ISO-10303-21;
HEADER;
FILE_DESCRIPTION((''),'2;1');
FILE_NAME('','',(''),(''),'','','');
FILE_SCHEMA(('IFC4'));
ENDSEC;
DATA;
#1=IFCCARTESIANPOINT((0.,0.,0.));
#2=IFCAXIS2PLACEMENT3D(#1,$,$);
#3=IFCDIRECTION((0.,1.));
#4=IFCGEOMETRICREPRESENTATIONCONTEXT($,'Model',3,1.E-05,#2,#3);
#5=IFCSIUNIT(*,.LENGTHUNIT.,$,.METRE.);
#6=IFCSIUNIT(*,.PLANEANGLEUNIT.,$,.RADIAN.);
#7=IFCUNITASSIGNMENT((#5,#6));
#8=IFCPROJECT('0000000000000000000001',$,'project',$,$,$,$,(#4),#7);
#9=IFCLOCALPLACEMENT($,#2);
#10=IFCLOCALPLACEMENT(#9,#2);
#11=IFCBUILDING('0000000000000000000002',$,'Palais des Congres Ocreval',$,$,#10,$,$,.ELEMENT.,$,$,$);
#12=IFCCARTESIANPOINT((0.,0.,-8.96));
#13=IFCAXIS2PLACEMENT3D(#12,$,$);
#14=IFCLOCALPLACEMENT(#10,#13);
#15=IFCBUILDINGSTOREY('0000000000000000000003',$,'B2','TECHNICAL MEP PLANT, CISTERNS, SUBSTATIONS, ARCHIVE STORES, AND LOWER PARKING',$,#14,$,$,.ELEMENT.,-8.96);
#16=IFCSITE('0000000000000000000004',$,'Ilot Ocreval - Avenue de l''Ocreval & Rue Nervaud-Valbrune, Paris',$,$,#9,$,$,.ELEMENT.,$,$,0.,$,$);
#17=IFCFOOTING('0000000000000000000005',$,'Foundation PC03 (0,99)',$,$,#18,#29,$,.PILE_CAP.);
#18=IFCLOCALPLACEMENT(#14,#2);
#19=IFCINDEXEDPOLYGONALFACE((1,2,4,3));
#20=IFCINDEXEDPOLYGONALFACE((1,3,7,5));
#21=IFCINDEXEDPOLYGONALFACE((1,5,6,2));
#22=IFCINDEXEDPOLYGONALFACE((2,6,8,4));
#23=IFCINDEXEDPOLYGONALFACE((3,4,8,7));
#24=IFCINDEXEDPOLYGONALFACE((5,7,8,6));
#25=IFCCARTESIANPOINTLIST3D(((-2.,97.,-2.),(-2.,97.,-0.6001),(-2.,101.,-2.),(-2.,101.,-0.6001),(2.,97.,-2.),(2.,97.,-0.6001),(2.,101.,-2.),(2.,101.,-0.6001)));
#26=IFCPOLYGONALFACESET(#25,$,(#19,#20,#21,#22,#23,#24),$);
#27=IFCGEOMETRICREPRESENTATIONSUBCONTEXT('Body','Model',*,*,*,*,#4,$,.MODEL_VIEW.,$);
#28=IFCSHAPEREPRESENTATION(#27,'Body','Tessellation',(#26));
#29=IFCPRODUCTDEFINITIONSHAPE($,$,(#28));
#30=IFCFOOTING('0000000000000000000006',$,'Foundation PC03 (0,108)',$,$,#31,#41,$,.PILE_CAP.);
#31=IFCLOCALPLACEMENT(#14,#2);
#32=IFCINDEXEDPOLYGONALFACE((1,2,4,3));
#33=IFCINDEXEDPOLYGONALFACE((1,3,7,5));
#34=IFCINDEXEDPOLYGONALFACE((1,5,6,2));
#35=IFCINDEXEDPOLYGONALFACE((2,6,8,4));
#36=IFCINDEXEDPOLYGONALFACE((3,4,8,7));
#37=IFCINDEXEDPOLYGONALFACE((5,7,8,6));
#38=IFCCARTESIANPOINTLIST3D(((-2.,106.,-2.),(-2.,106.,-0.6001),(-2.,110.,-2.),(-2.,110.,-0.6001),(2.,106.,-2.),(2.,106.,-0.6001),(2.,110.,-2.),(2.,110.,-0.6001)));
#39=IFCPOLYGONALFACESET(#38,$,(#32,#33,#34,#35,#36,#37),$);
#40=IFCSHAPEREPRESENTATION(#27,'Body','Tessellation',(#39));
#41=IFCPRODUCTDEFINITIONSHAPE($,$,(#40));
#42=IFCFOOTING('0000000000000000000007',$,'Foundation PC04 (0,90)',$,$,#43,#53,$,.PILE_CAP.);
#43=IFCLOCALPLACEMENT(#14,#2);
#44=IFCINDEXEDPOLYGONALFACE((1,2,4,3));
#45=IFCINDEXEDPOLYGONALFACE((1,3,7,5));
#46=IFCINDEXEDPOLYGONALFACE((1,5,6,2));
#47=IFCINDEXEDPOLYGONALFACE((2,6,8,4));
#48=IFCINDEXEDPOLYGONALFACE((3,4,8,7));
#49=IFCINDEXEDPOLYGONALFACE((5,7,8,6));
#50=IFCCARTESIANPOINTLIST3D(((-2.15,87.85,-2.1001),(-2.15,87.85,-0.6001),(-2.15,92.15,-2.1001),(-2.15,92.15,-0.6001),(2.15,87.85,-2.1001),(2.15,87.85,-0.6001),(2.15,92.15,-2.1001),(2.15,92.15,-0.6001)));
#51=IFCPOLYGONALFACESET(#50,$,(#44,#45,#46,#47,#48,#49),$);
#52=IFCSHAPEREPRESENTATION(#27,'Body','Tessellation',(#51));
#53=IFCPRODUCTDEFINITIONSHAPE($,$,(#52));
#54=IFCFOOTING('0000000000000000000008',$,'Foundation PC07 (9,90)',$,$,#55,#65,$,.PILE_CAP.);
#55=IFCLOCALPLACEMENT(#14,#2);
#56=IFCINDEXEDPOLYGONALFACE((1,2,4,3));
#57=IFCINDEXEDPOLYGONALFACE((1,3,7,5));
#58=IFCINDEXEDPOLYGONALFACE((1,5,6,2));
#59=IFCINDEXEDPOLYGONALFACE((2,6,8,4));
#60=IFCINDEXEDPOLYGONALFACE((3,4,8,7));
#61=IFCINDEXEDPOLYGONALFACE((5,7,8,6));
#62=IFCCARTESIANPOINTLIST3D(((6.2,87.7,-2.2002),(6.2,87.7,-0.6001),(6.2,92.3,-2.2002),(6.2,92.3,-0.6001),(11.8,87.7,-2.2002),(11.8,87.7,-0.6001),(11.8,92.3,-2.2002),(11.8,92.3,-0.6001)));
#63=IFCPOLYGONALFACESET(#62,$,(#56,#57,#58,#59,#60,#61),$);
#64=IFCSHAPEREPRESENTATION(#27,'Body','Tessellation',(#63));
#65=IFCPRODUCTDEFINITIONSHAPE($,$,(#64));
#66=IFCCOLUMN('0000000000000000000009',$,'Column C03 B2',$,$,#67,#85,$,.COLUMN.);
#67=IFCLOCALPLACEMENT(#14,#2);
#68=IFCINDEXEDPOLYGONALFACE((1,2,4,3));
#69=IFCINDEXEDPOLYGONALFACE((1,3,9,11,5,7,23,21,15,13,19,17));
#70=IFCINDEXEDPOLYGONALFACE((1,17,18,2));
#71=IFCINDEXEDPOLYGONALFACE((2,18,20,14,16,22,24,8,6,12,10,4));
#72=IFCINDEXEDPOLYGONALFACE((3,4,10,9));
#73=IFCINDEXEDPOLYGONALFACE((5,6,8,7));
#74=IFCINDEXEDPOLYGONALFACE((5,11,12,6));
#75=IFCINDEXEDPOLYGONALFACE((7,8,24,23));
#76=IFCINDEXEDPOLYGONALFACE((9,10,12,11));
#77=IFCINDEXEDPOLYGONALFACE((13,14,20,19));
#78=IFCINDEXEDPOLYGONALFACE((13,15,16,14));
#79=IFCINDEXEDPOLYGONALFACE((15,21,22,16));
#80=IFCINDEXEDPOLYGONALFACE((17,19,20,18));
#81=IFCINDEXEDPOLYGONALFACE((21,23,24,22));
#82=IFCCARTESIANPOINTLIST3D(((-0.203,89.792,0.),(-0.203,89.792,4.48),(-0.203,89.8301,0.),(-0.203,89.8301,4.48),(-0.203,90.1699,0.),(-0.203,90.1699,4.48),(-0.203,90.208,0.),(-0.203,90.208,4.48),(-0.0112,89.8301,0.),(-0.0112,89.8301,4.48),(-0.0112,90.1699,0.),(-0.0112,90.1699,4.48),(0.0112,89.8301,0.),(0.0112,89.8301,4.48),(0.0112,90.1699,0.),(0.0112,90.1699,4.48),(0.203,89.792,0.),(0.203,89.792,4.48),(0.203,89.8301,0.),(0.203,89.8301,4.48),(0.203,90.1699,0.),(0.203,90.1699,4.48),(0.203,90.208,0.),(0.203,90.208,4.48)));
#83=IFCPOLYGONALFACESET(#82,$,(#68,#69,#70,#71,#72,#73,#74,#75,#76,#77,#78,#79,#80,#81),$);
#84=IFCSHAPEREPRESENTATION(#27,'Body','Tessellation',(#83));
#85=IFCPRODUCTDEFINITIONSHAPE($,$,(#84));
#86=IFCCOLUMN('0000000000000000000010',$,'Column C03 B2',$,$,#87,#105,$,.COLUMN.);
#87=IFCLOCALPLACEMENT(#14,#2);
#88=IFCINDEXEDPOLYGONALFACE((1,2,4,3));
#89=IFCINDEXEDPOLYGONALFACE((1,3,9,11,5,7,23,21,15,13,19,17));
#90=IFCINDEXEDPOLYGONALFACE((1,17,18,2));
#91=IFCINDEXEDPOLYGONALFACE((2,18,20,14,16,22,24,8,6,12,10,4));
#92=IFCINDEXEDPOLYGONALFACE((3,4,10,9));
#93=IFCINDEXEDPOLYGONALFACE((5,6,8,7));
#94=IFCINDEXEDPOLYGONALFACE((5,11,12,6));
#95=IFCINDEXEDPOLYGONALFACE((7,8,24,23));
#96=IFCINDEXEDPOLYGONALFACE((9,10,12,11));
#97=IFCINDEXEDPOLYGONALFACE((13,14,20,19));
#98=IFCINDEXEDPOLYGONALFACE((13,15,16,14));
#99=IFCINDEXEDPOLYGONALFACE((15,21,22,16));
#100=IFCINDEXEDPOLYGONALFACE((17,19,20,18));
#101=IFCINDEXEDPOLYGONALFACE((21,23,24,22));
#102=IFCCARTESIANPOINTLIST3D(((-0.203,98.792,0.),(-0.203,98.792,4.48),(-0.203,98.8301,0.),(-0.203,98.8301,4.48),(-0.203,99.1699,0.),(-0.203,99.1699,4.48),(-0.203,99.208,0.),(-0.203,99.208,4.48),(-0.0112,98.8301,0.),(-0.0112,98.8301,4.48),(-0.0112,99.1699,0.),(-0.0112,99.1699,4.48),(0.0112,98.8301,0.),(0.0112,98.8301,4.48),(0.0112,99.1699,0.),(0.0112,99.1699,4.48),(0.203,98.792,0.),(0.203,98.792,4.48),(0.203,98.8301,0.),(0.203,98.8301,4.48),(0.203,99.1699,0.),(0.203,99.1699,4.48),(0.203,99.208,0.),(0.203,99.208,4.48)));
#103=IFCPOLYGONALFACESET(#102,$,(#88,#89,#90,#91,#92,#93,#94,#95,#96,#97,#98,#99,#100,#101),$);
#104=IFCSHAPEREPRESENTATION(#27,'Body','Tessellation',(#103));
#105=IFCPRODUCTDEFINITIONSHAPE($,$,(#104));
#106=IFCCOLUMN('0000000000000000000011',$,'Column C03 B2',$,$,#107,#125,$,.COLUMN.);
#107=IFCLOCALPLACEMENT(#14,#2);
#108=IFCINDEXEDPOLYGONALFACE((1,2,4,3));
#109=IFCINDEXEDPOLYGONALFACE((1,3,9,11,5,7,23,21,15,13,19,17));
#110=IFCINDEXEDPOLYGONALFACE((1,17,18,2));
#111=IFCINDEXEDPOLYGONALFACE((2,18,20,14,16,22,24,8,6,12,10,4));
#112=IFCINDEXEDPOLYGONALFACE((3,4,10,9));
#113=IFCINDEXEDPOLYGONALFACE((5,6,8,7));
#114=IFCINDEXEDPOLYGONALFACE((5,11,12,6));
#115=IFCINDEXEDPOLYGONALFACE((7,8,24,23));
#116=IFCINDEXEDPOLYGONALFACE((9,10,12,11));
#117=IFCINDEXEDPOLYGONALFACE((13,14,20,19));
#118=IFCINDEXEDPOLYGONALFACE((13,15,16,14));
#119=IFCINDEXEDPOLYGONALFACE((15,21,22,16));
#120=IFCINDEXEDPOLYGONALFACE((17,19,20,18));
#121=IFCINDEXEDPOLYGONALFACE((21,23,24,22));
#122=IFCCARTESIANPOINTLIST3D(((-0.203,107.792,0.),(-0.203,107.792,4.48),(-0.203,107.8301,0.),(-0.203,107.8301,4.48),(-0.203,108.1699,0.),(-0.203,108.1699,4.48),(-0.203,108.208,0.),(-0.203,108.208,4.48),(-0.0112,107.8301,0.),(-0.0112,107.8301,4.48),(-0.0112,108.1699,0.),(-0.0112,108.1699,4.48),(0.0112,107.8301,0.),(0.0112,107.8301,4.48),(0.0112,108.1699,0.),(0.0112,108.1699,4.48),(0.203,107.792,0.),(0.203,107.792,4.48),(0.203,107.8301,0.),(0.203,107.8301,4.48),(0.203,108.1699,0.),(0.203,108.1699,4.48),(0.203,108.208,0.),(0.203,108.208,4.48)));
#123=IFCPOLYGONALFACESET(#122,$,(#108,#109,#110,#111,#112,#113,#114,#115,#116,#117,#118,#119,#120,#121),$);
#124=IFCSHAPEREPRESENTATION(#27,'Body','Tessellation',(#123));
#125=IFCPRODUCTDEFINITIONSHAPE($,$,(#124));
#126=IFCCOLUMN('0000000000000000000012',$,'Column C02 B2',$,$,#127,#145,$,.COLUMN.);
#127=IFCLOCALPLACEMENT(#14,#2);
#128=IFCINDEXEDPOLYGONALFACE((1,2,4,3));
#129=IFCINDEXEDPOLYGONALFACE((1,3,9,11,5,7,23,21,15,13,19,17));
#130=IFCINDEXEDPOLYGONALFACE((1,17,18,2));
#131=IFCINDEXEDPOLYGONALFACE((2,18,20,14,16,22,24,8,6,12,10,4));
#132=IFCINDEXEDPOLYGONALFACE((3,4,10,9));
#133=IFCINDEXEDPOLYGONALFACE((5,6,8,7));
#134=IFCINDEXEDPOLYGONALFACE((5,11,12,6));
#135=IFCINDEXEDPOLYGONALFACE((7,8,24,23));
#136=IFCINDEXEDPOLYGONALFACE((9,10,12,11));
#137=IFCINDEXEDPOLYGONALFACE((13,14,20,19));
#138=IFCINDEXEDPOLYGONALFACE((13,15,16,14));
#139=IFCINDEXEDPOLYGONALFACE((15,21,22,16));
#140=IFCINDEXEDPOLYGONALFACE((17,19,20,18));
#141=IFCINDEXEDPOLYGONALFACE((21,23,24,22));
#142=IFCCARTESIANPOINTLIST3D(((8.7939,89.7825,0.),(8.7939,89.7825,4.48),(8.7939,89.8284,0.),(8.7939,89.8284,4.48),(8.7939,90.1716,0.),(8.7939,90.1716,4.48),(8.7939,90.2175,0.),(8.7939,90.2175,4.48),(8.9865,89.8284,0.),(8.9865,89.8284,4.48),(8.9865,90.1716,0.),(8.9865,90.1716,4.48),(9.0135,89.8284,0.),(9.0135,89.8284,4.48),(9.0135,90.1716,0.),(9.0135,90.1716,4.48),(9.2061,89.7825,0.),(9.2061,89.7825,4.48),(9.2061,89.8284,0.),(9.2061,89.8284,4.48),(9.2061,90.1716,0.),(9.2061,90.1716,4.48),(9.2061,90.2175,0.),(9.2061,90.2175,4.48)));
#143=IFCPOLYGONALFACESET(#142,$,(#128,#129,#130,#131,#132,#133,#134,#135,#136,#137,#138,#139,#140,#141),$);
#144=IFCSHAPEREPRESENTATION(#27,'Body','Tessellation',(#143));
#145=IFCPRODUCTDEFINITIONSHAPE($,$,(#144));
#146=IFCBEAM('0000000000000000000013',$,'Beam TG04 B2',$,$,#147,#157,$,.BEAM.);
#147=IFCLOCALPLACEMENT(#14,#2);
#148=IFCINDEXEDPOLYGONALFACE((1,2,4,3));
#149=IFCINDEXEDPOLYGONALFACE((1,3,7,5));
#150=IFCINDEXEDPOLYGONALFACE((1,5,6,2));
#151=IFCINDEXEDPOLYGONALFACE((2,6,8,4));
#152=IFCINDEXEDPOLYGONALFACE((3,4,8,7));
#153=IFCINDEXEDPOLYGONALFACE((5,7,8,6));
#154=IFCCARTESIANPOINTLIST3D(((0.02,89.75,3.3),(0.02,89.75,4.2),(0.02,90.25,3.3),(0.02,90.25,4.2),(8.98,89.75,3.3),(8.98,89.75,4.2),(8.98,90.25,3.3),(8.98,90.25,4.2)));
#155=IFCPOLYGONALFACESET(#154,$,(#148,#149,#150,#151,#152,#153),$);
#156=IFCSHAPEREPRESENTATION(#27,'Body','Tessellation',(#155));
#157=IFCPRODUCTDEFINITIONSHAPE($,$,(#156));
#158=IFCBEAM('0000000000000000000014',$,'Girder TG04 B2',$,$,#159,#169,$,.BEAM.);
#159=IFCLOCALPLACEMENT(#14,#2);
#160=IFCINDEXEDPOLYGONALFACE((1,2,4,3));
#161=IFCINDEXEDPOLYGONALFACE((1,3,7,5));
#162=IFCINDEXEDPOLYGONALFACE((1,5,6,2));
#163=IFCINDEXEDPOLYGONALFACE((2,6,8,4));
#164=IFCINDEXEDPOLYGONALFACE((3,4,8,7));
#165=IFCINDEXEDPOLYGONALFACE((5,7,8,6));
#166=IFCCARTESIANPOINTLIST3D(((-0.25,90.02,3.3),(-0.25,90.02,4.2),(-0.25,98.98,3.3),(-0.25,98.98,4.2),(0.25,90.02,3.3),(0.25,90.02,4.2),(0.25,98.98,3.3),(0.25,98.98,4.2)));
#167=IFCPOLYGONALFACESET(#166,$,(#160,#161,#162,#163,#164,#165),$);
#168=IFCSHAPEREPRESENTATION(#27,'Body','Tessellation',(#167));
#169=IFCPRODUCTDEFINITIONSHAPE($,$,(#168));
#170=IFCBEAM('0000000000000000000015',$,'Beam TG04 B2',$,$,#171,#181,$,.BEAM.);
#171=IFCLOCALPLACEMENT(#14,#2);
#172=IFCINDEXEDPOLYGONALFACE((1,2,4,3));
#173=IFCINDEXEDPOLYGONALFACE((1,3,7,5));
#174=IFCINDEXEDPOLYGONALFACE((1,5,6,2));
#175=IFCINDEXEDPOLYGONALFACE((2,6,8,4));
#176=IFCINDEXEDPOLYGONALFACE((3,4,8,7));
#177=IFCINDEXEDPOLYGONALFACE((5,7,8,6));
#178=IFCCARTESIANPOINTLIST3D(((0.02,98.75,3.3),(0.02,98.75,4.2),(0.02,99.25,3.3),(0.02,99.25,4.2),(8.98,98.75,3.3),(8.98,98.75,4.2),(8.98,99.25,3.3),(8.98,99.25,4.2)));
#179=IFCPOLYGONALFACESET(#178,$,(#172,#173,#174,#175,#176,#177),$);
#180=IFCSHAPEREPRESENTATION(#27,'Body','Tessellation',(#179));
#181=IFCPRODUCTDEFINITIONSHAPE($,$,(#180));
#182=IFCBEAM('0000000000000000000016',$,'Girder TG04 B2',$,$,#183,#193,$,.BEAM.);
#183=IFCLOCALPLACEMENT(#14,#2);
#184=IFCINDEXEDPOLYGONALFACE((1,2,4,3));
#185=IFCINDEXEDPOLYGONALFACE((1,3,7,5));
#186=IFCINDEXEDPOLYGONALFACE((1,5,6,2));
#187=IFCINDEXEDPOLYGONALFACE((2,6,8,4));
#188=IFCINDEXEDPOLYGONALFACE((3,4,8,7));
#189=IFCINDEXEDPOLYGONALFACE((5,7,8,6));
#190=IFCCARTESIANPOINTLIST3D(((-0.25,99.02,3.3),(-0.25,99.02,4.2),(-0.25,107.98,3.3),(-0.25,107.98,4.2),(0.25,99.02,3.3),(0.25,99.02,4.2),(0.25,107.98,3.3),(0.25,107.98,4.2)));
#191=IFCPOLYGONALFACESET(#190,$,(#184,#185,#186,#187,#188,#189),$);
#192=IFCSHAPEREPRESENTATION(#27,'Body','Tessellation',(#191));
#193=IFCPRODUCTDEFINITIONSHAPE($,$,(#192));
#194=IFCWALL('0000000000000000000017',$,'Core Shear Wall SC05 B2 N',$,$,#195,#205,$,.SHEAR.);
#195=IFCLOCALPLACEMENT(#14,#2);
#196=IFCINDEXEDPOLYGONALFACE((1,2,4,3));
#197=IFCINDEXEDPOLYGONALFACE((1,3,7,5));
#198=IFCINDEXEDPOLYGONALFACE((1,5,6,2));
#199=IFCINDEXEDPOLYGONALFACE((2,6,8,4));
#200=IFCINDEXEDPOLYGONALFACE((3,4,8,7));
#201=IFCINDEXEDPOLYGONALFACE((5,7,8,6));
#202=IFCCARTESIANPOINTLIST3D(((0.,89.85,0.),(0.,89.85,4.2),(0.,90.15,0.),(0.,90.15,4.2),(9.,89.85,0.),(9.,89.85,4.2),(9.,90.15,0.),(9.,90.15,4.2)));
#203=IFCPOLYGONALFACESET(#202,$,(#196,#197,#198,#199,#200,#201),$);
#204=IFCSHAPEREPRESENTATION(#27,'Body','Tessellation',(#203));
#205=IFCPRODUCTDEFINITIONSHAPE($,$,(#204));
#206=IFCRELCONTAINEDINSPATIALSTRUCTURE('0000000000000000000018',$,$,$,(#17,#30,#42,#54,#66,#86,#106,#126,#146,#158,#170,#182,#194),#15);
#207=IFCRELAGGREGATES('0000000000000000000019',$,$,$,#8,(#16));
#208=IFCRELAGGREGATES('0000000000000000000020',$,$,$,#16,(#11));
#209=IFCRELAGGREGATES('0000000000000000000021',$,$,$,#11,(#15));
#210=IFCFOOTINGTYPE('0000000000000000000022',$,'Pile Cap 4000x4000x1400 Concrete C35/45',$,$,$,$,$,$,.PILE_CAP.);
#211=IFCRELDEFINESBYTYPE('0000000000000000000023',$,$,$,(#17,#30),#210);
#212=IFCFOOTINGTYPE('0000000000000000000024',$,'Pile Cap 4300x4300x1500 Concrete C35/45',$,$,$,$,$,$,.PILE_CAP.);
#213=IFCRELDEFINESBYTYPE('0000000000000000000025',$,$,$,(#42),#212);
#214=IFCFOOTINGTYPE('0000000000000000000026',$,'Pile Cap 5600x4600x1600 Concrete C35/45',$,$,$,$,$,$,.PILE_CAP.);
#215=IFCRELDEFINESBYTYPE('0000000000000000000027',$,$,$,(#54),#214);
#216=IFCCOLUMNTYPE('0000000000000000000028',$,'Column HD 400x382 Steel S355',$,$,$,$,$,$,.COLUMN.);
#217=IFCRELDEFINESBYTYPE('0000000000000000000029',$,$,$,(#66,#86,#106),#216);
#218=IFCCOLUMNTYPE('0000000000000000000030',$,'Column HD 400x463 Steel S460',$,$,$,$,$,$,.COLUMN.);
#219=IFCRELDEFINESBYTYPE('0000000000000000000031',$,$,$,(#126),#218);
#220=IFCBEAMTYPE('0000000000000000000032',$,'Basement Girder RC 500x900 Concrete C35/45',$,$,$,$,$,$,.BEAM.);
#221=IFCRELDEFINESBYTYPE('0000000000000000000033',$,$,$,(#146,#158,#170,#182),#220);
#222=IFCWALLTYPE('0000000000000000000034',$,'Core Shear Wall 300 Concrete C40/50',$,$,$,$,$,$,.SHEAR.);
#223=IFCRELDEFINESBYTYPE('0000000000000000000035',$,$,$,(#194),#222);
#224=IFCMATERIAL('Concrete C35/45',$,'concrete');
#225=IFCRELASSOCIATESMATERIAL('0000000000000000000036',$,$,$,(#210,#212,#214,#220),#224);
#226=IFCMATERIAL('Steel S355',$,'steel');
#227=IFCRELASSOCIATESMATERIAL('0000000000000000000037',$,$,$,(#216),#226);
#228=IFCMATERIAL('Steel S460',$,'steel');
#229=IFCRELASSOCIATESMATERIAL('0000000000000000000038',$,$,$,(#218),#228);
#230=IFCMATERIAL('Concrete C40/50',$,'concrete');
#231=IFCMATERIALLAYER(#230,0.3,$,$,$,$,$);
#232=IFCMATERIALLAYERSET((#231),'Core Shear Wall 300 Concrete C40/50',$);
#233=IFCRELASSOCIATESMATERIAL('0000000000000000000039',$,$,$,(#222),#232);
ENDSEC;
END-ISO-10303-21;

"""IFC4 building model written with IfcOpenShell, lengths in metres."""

from ifc_helpers import new_model, si_unit, direction, frame, frame_2d, origin, origin_2d, place, context, subcontext, project, spatial, rectangle, i_section, extrude, material, layer, layer_set, material_profile, profile_set, type_object, element, save


model = new_model("IFC4")

# Units and contexts
model_context = context("Model", 3, precision=1e-05, world=origin(), true_north=direction((0.0, 1.0)))
body_context = subcontext(model_context, "Body", "Model", "MODEL_VIEW")
ifc_project = project(units=[si_unit("LENGTHUNIT", "METRE"), si_unit("PLANEANGLEUNIT", "RADIAN")], contexts=[model_context])

# Site, building, storey
site_placement = place(None, origin())
site = spatial("IfcSite", under=ifc_project, at=site_placement, Name="Ilot Ocreval - Avenue de l'Ocreval & Rue Nervaud-Valbrune, Paris", CompositionType="ELEMENT", RefElevation=0.0)
building_placement = place(site_placement, origin())
building = spatial("IfcBuilding", under=site, at=building_placement, Name="Palais des Congres Ocreval", CompositionType="ELEMENT")
storey_placement = place(building_placement, frame((0.0, 0.0, -8.96)))
storey = spatial("IfcBuildingStorey", under=building, at=storey_placement, Name="B2", Description="TECHNICAL MEP PLANT, CISTERNS, SUBSTATIONS, ARCHIVE STORES, AND LOWER PARKING", CompositionType="ELEMENT", Elevation=-8.96)

# Shared definitions
ifc_material_1 = material(Name="Concrete C35/45", Category="concrete")

# Footings
footing_type_1 = type_object("IfcFootingType", Name="Pile Cap 4000x4000x1400 Concrete C35/45", PredefinedType="PILE_CAP", material=ifc_material_1)
for number, where, z_axis, x_axis, name in (
    (1, (0.0, 99.0, -2.0), (0.0, 0.0, 1.0), (1.0, 0.0, 0.0), "Foundation PC03 (0,99)"),
    (2, (0.0, 108.0, -2.0), (0.0, 0.0, 1.0), (1.0, 0.0, 0.0), "Foundation PC03 (0,108)"),
):
    element("IfcFooting", number, at=place(storey_placement, frame(where, z_axis=z_axis, x_axis=x_axis)), inside=storey, type_object=footing_type_1, Name=name, PredefinedType="PILE_CAP", context=body_context, shape_type="SweptSolid", body=[
        extrude(rectangle(XDim=4.0, YDim=4.0, at=origin_2d()), origin(), (0.0, 0.0, 1.0), 1.3999),
    ])
footing_type_2 = type_object("IfcFootingType", Name="Pile Cap 4300x4300x1500 Concrete C35/45", PredefinedType="PILE_CAP", material=ifc_material_1)
footing_1_placement = place(storey_placement, frame((0.0, 90.0, -2.1001), z_axis=(0.0, 0.0, 1.0), x_axis=(1.0, 0.0, 0.0)))
element("IfcFooting", 3, at=footing_1_placement, inside=storey, type_object=footing_type_2, Name="Foundation PC04 (0,90)", PredefinedType="PILE_CAP", context=body_context, shape_type="SweptSolid", body=[
    extrude(rectangle(XDim=4.3, YDim=4.3, at=origin_2d()), origin(), (0.0, 0.0, 1.0), 1.5),
])
footing_type_3 = type_object("IfcFootingType", Name="Pile Cap 5600x4600x1600 Concrete C35/45", PredefinedType="PILE_CAP", material=ifc_material_1)
footing_2_placement = place(storey_placement, frame((9.0, 90.0, -2.2002), z_axis=(0.0, 0.0, 1.0), x_axis=(1.0, 0.0, 0.0)))
element("IfcFooting", 4, at=footing_2_placement, inside=storey, type_object=footing_type_3, Name="Foundation PC07 (9,90)", PredefinedType="PILE_CAP", context=body_context, shape_type="SweptSolid", body=[
    extrude(rectangle(XDim=5.6001, YDim=4.6001, at=origin_2d()), origin(), (0.0, 0.0, 1.0), 1.6001),
])

# Columns
ifc_material_2 = material(Name="Steel S355", Category="steel")
ifc_material_profile_1 = material_profile(ifc_material_2, i_section(OverallWidth=0.406, OverallDepth=0.416, WebThickness=0.0225, FlangeThickness=0.0381, at=origin_2d()), Name="HD 400x382")
ifc_profile_set_1 = profile_set([ifc_material_profile_1], Name="Steel S355")
column_type_1 = type_object("IfcColumnType", Name="Column HD 400x382 Steel S355", PredefinedType="COLUMN", material=ifc_profile_set_1)
for number, where, z_axis, x_axis, name in (
    (5, (0.0, 90.0, 0.0), (0.0, 0.0, 1.0), (1.0, 0.0, 0.0), "Column C03 B2"),
    (6, (0.0, 99.0, 0.0), (0.0, 0.0, 1.0), (1.0, 0.0, 0.0), "Column C03 B2"),
    (7, (0.0, 108.0, 0.0), (0.0, 0.0, 1.0), (1.0, 0.0, 0.0), "Column C03 B2"),
):
    element("IfcColumn", number, at=place(storey_placement, frame(where, z_axis=z_axis, x_axis=x_axis)), inside=storey, type_object=column_type_1, Name=name, PredefinedType="COLUMN", context=body_context, shape_type="SweptSolid", body=[
        extrude(i_section(OverallWidth=0.406, OverallDepth=0.416, WebThickness=0.0225, FlangeThickness=0.0381, at=origin_2d()), origin(), (0.0, 0.0, 1.0), 4.48),
    ])
ifc_material_3 = material(Name="Steel S460", Category="steel")
ifc_material_profile_2 = material_profile(ifc_material_3, i_section(OverallWidth=0.4121, OverallDepth=0.4351, WebThickness=0.0271, FlangeThickness=0.0459, at=origin_2d()), Name="HD 400x463")
ifc_profile_set_2 = profile_set([ifc_material_profile_2], Name="Steel S460")
column_type_2 = type_object("IfcColumnType", Name="Column HD 400x463 Steel S460", PredefinedType="COLUMN", material=ifc_profile_set_2)
column_placement = place(storey_placement, frame((9.0, 90.0, 0.0), z_axis=(0.0, 0.0, 1.0), x_axis=(1.0, 0.0, 0.0)))
element("IfcColumn", 8, at=column_placement, inside=storey, type_object=column_type_2, Name="Column C02 B2", PredefinedType="COLUMN", context=body_context, shape_type="SweptSolid", body=[
    extrude(i_section(OverallWidth=0.4121, OverallDepth=0.4351, WebThickness=0.0271, FlangeThickness=0.0459, at=origin_2d()), origin(), (0.0, 0.0, 1.0), 4.48),
])

# Beams
ifc_material_profile_3 = material_profile(ifc_material_1, rectangle(XDim=0.5, YDim=0.8999, at=origin_2d()), Name="RC 500x900")
ifc_profile_set_3 = profile_set([ifc_material_profile_3], Name="Concrete C35/45")
beam_type = type_object("IfcBeamType", Name="Basement Girder RC 500x900 Concrete C35/45", PredefinedType="BEAM", material=ifc_profile_set_3)
for number, where, z_axis, x_axis, name in (
    (9, (0.02, 90.0, 3.75), (1.0, 0.0, 0.0), (0.0, 1.0, 0.0), "Beam TG04 B2"),
    (10, (0.0, 90.02, 3.75), (0.0, 1.0, 0.0), (-1.0, 0.0, 0.0), "Girder TG04 B2"),
    (11, (0.02, 99.0, 3.75), (1.0, 0.0, 0.0), (0.0, 1.0, 0.0), "Beam TG04 B2"),
    (12, (0.0, 99.02, 3.75), (0.0, 1.0, 0.0), (-1.0, 0.0, 0.0), "Girder TG04 B2"),
):
    element("IfcBeam", number, at=place(storey_placement, frame(where, z_axis=z_axis, x_axis=x_axis)), inside=storey, type_object=beam_type, Name=name, PredefinedType="BEAM", context=body_context, shape_type="SweptSolid", body=[
        extrude(rectangle(XDim=0.5, YDim=0.8999, at=origin_2d()), origin(), (0.0, 0.0, 1.0), 8.96),
    ])

# Wall
ifc_material_4 = material(Name="Concrete C40/50", Category="concrete")
ifc_layer_1 = layer(ifc_material_4, 0.3)
ifc_layer_set_1 = layer_set([ifc_layer_1], Name="Core Shear Wall 300 Concrete C40/50")
wall_type_1 = type_object("IfcWallType", Name="Core Shear Wall 300 Concrete C40/50", PredefinedType="SHEAR", material=ifc_layer_set_1)
wall_1_placement = place(storey_placement, frame((0.0, 90.0, 0.0), z_axis=(0.0, 0.0, 1.0), x_axis=(1.0, 0.0, 0.0)))
element("IfcWall", 13, at=wall_1_placement, inside=storey, type_object=wall_type_1, Name="Core Shear Wall SC05 B2 N", PredefinedType="SHEAR", context=body_context, shape_type="SweptSolid", body=[
    extrude(rectangle(XDim=9.0, YDim=0.3, at=frame_2d((4.5, 0.0))), origin(), (0.0, 0.0, 1.0), 4.2),
])

save(model, "model.ifc")
